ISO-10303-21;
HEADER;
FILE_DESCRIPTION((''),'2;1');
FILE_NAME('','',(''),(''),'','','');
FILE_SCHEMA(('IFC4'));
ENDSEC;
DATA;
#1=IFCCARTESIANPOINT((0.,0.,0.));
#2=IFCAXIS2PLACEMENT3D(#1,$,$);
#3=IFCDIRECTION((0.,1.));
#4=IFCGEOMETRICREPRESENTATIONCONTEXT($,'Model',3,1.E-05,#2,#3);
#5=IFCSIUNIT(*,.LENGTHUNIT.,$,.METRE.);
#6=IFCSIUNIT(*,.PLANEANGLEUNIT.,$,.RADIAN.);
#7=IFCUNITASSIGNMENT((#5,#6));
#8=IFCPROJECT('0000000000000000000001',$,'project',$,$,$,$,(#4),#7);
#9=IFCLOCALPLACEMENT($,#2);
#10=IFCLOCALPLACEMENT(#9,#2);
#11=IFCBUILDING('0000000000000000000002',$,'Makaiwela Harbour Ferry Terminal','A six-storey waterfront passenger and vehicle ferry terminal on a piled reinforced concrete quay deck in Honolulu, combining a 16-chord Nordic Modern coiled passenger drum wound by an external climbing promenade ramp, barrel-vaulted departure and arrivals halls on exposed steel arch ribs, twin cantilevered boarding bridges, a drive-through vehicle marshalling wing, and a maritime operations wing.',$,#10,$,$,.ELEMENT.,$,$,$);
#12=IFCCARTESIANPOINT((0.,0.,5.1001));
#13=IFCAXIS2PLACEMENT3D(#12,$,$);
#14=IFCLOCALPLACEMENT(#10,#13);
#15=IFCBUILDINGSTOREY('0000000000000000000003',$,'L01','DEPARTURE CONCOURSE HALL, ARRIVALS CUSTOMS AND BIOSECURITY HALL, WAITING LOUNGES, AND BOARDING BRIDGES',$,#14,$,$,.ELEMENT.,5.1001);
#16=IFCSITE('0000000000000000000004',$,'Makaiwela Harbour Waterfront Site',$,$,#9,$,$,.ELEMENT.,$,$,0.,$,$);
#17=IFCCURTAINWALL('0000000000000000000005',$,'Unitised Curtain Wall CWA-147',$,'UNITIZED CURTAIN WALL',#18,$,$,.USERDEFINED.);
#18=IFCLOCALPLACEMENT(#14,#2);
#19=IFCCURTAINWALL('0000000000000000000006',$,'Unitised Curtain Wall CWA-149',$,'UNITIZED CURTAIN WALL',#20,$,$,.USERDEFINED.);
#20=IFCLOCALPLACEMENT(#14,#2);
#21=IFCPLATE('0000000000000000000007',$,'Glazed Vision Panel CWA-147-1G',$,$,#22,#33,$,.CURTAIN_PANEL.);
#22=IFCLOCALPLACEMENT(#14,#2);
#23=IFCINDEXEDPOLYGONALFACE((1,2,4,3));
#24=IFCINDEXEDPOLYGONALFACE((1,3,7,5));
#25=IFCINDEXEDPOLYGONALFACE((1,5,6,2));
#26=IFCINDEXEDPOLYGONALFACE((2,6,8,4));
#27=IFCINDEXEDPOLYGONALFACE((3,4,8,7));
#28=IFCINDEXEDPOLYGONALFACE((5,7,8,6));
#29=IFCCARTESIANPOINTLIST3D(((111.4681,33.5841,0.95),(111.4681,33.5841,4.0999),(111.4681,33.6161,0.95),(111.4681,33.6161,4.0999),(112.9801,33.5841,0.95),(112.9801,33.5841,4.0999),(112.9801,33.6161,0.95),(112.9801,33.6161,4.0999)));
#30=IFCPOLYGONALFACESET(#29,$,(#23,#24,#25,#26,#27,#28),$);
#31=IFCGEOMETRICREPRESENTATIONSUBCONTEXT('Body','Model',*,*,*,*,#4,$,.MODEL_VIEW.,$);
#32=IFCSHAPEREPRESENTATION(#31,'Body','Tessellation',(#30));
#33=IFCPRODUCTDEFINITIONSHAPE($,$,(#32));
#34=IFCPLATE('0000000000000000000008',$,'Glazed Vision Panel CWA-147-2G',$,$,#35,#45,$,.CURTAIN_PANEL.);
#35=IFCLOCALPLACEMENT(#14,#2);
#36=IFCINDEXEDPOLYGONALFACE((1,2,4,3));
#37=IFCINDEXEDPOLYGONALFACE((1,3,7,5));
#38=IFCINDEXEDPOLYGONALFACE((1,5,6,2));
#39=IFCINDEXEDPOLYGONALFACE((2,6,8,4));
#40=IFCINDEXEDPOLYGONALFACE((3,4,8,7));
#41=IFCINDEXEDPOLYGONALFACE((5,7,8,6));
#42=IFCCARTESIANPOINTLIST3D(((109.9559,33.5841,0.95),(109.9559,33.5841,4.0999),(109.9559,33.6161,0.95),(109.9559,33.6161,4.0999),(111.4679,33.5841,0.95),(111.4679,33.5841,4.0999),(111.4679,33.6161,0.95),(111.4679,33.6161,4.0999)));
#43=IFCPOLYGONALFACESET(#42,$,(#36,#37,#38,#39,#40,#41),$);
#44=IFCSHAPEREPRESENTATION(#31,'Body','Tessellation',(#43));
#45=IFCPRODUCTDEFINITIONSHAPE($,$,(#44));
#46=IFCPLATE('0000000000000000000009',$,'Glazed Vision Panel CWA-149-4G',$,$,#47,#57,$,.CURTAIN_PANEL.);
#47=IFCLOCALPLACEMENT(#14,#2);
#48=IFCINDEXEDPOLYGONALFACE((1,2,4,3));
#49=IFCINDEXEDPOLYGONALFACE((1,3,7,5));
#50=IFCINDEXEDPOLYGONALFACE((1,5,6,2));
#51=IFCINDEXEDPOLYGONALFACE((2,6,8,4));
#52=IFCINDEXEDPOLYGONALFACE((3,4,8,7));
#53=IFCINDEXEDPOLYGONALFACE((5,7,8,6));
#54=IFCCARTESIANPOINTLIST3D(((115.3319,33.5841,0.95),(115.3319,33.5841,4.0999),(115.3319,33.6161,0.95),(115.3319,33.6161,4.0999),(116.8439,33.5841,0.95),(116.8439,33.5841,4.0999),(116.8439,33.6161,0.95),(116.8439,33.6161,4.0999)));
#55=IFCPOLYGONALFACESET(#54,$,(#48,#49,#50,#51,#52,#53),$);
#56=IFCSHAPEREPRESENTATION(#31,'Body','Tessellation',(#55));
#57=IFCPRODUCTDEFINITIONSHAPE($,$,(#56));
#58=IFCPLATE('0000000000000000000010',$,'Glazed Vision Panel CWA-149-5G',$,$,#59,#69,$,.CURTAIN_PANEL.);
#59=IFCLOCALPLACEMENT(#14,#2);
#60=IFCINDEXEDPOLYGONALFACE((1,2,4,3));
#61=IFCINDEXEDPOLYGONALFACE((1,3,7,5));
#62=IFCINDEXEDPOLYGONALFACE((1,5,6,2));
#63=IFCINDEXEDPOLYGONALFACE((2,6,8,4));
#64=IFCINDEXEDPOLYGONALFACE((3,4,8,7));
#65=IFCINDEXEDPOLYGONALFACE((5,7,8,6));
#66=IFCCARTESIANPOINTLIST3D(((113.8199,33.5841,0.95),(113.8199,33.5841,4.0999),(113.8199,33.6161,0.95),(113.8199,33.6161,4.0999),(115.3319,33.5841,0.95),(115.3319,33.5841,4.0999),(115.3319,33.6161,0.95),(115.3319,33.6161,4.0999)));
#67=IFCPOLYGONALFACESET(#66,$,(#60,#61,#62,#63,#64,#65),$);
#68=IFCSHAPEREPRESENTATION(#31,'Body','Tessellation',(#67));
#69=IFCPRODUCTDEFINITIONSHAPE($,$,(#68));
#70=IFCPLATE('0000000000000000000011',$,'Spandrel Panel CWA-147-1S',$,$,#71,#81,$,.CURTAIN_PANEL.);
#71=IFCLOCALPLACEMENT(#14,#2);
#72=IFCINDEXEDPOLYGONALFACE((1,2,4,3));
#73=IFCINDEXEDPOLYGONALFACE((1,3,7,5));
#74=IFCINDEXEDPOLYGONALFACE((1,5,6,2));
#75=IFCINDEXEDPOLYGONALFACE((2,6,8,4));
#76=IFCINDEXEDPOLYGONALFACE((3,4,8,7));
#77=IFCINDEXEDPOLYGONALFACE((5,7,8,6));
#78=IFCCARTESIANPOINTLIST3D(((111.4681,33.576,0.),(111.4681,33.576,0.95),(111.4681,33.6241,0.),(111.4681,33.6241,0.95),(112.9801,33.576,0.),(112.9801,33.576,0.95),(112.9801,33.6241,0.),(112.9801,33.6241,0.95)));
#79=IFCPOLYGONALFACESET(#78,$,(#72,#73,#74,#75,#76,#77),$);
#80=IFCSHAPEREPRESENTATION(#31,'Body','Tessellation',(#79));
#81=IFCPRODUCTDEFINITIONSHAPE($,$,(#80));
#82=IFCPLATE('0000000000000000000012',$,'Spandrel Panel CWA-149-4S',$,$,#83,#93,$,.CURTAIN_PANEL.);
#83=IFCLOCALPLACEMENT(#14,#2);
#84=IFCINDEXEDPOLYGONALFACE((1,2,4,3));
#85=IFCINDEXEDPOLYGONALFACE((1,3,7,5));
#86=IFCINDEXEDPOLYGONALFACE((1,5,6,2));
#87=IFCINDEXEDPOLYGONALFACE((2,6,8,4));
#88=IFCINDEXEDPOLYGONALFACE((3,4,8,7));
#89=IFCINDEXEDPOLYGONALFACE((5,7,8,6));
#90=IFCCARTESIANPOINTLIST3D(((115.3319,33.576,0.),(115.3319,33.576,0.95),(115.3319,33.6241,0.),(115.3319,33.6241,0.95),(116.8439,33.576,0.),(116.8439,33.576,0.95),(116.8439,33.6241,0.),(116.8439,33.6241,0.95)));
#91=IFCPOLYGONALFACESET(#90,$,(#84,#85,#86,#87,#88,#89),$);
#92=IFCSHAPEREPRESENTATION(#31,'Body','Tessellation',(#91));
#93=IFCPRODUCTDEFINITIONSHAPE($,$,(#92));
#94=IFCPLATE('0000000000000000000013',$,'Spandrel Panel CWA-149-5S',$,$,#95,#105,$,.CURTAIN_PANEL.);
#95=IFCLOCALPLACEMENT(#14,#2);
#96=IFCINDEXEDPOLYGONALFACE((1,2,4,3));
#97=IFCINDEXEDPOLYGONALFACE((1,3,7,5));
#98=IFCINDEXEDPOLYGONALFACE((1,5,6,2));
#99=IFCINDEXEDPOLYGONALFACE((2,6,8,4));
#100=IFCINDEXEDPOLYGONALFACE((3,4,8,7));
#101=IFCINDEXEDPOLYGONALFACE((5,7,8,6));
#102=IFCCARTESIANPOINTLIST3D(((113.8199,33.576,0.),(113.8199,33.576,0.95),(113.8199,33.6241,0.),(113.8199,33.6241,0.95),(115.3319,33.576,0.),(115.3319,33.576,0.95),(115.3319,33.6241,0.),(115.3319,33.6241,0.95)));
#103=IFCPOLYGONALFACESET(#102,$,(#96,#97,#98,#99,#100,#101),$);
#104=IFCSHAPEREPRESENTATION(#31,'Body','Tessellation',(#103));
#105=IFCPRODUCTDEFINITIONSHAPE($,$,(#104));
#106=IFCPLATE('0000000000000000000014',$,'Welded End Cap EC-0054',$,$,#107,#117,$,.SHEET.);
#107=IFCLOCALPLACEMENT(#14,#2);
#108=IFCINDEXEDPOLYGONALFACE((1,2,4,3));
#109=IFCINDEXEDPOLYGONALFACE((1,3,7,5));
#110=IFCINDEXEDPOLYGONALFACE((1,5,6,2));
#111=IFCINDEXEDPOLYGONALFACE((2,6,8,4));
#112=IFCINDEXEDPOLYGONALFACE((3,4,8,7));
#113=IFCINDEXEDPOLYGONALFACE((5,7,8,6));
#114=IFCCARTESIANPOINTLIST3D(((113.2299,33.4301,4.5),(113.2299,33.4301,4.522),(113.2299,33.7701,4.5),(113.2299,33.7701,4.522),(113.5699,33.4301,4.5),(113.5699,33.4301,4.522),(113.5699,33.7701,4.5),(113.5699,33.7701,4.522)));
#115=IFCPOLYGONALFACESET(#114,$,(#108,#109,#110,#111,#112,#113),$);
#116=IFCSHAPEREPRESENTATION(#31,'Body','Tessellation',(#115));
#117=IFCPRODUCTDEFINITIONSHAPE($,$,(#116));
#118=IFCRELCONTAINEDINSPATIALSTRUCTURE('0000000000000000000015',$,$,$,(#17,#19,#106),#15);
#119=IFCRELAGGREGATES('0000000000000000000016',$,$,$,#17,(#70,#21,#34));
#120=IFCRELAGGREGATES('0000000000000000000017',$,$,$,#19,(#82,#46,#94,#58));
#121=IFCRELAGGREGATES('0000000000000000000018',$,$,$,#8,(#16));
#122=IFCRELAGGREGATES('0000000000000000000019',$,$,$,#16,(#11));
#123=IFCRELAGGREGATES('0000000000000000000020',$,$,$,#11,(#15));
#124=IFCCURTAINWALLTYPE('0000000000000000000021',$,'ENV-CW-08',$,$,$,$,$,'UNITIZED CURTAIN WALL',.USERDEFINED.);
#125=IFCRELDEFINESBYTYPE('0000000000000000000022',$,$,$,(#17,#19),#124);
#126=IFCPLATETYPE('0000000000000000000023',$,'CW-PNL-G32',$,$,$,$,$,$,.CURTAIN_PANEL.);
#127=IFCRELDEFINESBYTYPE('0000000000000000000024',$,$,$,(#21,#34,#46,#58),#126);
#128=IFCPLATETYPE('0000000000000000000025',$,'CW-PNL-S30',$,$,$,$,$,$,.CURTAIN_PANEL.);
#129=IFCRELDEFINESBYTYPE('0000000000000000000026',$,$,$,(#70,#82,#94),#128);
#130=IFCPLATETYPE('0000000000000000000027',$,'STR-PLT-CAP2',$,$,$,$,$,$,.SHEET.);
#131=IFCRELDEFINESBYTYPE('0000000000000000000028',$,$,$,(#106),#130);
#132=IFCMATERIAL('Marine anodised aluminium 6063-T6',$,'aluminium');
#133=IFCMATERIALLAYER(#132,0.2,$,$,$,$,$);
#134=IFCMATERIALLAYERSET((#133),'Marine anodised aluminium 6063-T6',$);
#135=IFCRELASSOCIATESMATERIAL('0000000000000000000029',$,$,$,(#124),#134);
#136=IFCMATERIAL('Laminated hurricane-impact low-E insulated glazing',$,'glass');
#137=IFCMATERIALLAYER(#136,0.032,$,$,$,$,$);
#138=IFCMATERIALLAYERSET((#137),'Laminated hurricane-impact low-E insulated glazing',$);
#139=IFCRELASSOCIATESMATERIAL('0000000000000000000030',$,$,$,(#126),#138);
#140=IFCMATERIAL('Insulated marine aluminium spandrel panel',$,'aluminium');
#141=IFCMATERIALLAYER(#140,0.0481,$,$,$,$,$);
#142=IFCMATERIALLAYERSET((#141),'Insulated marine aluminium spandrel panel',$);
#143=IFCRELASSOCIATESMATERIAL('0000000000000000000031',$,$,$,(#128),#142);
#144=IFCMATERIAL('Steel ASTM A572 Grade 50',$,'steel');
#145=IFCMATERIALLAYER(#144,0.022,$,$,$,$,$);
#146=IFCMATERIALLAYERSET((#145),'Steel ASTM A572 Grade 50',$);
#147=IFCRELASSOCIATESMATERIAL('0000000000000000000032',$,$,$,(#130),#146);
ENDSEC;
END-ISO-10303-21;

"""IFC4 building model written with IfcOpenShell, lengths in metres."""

from ifc_helpers import new_model, si_unit, direction, frame, origin, origin_2d, place, context, subcontext, project, spatial, rectangle, extrude, material, layer, layer_set, type_object, element, aggregate, save


model = new_model("IFC4")

# Units and contexts
model_context = context("Model", 3, precision=1e-05, world=origin(), true_north=direction((0.0, 1.0)))
body_context = subcontext(model_context, "Body", "Model", "MODEL_VIEW")
ifc_project = project(units=[si_unit("LENGTHUNIT", "METRE"), si_unit("PLANEANGLEUNIT", "RADIAN")], contexts=[model_context])

# Site, building, storey
site_placement = place(None, origin())
site = spatial("IfcSite", under=ifc_project, at=site_placement, Name="Makaiwela Harbour Waterfront Site", CompositionType="ELEMENT", RefElevation=0.0)
building_placement = place(site_placement, origin())
building = spatial("IfcBuilding", under=site, at=building_placement, Name="Makaiwela Harbour Ferry Terminal", Description="A six-storey waterfront passenger and vehicle ferry terminal on a piled reinforced concrete quay deck in Honolulu, combining a 16-chord Nordic Modern coiled passenger drum wound by an external climbing promenade ramp, barrel-vaulted departure and arrivals halls on exposed steel arch ribs, twin cantilevered boarding bridges, a drive-through vehicle marshalling wing, and a maritime operations wing.", CompositionType="ELEMENT")
storey_placement = place(building_placement, frame((0.0, 0.0, 5.1001)))
storey = spatial("IfcBuildingStorey", under=building, at=storey_placement, Name="L01", Description="DEPARTURE CONCOURSE HALL, ARRIVALS CUSTOMS AND BIOSECURITY HALL, WAITING LOUNGES, AND BOARDING BRIDGES", CompositionType="ELEMENT", Elevation=5.1001)

# Curtain walls
ifc_material_1 = material(Name="Marine anodised aluminium 6063-T6", Category="aluminium")
ifc_layer_1 = layer(ifc_material_1, 0.2)
ifc_layer_set_1 = layer_set([ifc_layer_1], Name="Marine anodised aluminium 6063-T6")
curtain_wall_type = type_object("IfcCurtainWallType", Name="ENV-CW-08", ElementType="UNITIZED CURTAIN WALL", PredefinedType="USERDEFINED", material=ifc_layer_set_1)
curtain_wall_1_placement = place(storey_placement, origin())
curtain_wall_1 = element("IfcCurtainWall", 1, at=curtain_wall_1_placement, inside=storey, type_object=curtain_wall_type, Name="Unitised Curtain Wall CWA-147", ObjectType="UNITIZED CURTAIN WALL", PredefinedType="USERDEFINED")
curtain_wall_2_placement = place(storey_placement, origin())
curtain_wall_2 = element("IfcCurtainWall", 2, at=curtain_wall_2_placement, inside=storey, type_object=curtain_wall_type, Name="Unitised Curtain Wall CWA-149", ObjectType="UNITIZED CURTAIN WALL", PredefinedType="USERDEFINED")

# Plates
ifc_material_2 = material(Name="Laminated hurricane-impact low-E insulated glazing", Category="glass")
ifc_layer_2 = layer(ifc_material_2, 0.032)
ifc_layer_set_2 = layer_set([ifc_layer_2], Name="Laminated hurricane-impact low-E insulated glazing")
plate_type_1 = type_object("IfcPlateType", Name="CW-PNL-G32", PredefinedType="CURTAIN_PANEL", material=ifc_layer_set_2)
plate_1_placement = place(storey_placement, frame((112.2241, 33.6001, 0.95), z_axis=(0.0, 0.0, 1.0), x_axis=(-1.0, 0.0, 0.0)))
plate_1 = element("IfcPlate", 3, at=plate_1_placement, type_object=plate_type_1, Name="Glazed Vision Panel CWA-147-1G", PredefinedType="CURTAIN_PANEL", context=body_context, shape_type="SweptSolid", body=[
    extrude(rectangle(XDim=1.512, YDim=0.032, at=origin_2d()), origin(), (0.0, 0.0, 1.0), 3.1499),
])
plate_2_placement = place(storey_placement, frame((110.7119, 33.6001, 0.95), z_axis=(0.0, 0.0, 1.0), x_axis=(-1.0, 0.0, 0.0)))
plate_2 = element("IfcPlate", 4, at=plate_2_placement, type_object=plate_type_1, Name="Glazed Vision Panel CWA-147-2G", PredefinedType="CURTAIN_PANEL", context=body_context, shape_type="SweptSolid", body=[
    extrude(rectangle(XDim=1.512, YDim=0.032, at=origin_2d()), origin(), (0.0, 0.0, 1.0), 3.1499),
])
plate_3_placement = place(storey_placement, frame((116.0879, 33.6001, 0.95), z_axis=(0.0, 0.0, 1.0), x_axis=(-1.0, 0.0, 0.0)))
plate_3 = element("IfcPlate", 5, at=plate_3_placement, type_object=plate_type_1, Name="Glazed Vision Panel CWA-149-4G", PredefinedType="CURTAIN_PANEL", context=body_context, shape_type="SweptSolid", body=[
    extrude(rectangle(XDim=1.512, YDim=0.032, at=origin_2d()), origin(), (0.0, 0.0, 1.0), 3.1499),
])
plate_4_placement = place(storey_placement, frame((114.5759, 33.6001, 0.95), z_axis=(0.0, 0.0, 1.0), x_axis=(-1.0, 0.0, 0.0)))
plate_4 = element("IfcPlate", 6, at=plate_4_placement, type_object=plate_type_1, Name="Glazed Vision Panel CWA-149-5G", PredefinedType="CURTAIN_PANEL", context=body_context, shape_type="SweptSolid", body=[
    extrude(rectangle(XDim=1.512, YDim=0.032, at=origin_2d()), origin(), (0.0, 0.0, 1.0), 3.1499),
])
ifc_material_3 = material(Name="Insulated marine aluminium spandrel panel", Category="aluminium")
ifc_layer_3 = layer(ifc_material_3, 0.0481)
ifc_layer_set_3 = layer_set([ifc_layer_3], Name="Insulated marine aluminium spandrel panel")
plate_type_2 = type_object("IfcPlateType", Name="CW-PNL-S30", PredefinedType="CURTAIN_PANEL", material=ifc_layer_set_3)
plate_5_placement = place(storey_placement, frame((112.2241, 33.6001, 0.0), z_axis=(0.0, 0.0, 1.0), x_axis=(-1.0, 0.0, 0.0)))
plate_5 = element("IfcPlate", 7, at=plate_5_placement, type_object=plate_type_2, Name="Spandrel Panel CWA-147-1S", PredefinedType="CURTAIN_PANEL", context=body_context, shape_type="SweptSolid", body=[
    extrude(rectangle(XDim=1.512, YDim=0.0481, at=origin_2d()), origin(), (0.0, 0.0, 1.0), 0.95),
])
aggregate(curtain_wall_1, [plate_5, plate_1, plate_2])
plate_6_placement = place(storey_placement, frame((116.0879, 33.6001, 0.0), z_axis=(0.0, 0.0, 1.0), x_axis=(-1.0, 0.0, 0.0)))
plate_6 = element("IfcPlate", 8, at=plate_6_placement, type_object=plate_type_2, Name="Spandrel Panel CWA-149-4S", PredefinedType="CURTAIN_PANEL", context=body_context, shape_type="SweptSolid", body=[
    extrude(rectangle(XDim=1.512, YDim=0.0481, at=origin_2d()), origin(), (0.0, 0.0, 1.0), 0.95),
])
plate_7_placement = place(storey_placement, frame((114.5759, 33.6001, 0.0), z_axis=(0.0, 0.0, 1.0), x_axis=(-1.0, 0.0, 0.0)))
plate_7 = element("IfcPlate", 9, at=plate_7_placement, type_object=plate_type_2, Name="Spandrel Panel CWA-149-5S", PredefinedType="CURTAIN_PANEL", context=body_context, shape_type="SweptSolid", body=[
    extrude(rectangle(XDim=1.512, YDim=0.0481, at=origin_2d()), origin(), (0.0, 0.0, 1.0), 0.95),
])
aggregate(curtain_wall_2, [plate_6, plate_3, plate_7, plate_4])
ifc_material_4 = material(Name="Steel ASTM A572 Grade 50", Category="steel")
ifc_layer_4 = layer(ifc_material_4, 0.022)
ifc_layer_set_4 = layer_set([ifc_layer_4], Name="Steel ASTM A572 Grade 50")
plate_type_3 = type_object("IfcPlateType", Name="STR-PLT-CAP2", PredefinedType="SHEET", material=ifc_layer_set_4)
plate_8_placement = place(storey_placement, frame((113.3999, 33.6001, 4.5), z_axis=(0.0, 0.0, 1.0), x_axis=(1.0, 0.0, 0.0)))
element("IfcPlate", 10, at=plate_8_placement, inside=storey, type_object=plate_type_3, Name="Welded End Cap EC-0054", PredefinedType="SHEET", context=body_context, shape_type="SweptSolid", body=[
    extrude(rectangle(XDim=0.3401, YDim=0.3401, at=origin_2d()), origin(), (0.0, 0.0, 1.0), 0.022),
])

save(model, "model.ifc")
